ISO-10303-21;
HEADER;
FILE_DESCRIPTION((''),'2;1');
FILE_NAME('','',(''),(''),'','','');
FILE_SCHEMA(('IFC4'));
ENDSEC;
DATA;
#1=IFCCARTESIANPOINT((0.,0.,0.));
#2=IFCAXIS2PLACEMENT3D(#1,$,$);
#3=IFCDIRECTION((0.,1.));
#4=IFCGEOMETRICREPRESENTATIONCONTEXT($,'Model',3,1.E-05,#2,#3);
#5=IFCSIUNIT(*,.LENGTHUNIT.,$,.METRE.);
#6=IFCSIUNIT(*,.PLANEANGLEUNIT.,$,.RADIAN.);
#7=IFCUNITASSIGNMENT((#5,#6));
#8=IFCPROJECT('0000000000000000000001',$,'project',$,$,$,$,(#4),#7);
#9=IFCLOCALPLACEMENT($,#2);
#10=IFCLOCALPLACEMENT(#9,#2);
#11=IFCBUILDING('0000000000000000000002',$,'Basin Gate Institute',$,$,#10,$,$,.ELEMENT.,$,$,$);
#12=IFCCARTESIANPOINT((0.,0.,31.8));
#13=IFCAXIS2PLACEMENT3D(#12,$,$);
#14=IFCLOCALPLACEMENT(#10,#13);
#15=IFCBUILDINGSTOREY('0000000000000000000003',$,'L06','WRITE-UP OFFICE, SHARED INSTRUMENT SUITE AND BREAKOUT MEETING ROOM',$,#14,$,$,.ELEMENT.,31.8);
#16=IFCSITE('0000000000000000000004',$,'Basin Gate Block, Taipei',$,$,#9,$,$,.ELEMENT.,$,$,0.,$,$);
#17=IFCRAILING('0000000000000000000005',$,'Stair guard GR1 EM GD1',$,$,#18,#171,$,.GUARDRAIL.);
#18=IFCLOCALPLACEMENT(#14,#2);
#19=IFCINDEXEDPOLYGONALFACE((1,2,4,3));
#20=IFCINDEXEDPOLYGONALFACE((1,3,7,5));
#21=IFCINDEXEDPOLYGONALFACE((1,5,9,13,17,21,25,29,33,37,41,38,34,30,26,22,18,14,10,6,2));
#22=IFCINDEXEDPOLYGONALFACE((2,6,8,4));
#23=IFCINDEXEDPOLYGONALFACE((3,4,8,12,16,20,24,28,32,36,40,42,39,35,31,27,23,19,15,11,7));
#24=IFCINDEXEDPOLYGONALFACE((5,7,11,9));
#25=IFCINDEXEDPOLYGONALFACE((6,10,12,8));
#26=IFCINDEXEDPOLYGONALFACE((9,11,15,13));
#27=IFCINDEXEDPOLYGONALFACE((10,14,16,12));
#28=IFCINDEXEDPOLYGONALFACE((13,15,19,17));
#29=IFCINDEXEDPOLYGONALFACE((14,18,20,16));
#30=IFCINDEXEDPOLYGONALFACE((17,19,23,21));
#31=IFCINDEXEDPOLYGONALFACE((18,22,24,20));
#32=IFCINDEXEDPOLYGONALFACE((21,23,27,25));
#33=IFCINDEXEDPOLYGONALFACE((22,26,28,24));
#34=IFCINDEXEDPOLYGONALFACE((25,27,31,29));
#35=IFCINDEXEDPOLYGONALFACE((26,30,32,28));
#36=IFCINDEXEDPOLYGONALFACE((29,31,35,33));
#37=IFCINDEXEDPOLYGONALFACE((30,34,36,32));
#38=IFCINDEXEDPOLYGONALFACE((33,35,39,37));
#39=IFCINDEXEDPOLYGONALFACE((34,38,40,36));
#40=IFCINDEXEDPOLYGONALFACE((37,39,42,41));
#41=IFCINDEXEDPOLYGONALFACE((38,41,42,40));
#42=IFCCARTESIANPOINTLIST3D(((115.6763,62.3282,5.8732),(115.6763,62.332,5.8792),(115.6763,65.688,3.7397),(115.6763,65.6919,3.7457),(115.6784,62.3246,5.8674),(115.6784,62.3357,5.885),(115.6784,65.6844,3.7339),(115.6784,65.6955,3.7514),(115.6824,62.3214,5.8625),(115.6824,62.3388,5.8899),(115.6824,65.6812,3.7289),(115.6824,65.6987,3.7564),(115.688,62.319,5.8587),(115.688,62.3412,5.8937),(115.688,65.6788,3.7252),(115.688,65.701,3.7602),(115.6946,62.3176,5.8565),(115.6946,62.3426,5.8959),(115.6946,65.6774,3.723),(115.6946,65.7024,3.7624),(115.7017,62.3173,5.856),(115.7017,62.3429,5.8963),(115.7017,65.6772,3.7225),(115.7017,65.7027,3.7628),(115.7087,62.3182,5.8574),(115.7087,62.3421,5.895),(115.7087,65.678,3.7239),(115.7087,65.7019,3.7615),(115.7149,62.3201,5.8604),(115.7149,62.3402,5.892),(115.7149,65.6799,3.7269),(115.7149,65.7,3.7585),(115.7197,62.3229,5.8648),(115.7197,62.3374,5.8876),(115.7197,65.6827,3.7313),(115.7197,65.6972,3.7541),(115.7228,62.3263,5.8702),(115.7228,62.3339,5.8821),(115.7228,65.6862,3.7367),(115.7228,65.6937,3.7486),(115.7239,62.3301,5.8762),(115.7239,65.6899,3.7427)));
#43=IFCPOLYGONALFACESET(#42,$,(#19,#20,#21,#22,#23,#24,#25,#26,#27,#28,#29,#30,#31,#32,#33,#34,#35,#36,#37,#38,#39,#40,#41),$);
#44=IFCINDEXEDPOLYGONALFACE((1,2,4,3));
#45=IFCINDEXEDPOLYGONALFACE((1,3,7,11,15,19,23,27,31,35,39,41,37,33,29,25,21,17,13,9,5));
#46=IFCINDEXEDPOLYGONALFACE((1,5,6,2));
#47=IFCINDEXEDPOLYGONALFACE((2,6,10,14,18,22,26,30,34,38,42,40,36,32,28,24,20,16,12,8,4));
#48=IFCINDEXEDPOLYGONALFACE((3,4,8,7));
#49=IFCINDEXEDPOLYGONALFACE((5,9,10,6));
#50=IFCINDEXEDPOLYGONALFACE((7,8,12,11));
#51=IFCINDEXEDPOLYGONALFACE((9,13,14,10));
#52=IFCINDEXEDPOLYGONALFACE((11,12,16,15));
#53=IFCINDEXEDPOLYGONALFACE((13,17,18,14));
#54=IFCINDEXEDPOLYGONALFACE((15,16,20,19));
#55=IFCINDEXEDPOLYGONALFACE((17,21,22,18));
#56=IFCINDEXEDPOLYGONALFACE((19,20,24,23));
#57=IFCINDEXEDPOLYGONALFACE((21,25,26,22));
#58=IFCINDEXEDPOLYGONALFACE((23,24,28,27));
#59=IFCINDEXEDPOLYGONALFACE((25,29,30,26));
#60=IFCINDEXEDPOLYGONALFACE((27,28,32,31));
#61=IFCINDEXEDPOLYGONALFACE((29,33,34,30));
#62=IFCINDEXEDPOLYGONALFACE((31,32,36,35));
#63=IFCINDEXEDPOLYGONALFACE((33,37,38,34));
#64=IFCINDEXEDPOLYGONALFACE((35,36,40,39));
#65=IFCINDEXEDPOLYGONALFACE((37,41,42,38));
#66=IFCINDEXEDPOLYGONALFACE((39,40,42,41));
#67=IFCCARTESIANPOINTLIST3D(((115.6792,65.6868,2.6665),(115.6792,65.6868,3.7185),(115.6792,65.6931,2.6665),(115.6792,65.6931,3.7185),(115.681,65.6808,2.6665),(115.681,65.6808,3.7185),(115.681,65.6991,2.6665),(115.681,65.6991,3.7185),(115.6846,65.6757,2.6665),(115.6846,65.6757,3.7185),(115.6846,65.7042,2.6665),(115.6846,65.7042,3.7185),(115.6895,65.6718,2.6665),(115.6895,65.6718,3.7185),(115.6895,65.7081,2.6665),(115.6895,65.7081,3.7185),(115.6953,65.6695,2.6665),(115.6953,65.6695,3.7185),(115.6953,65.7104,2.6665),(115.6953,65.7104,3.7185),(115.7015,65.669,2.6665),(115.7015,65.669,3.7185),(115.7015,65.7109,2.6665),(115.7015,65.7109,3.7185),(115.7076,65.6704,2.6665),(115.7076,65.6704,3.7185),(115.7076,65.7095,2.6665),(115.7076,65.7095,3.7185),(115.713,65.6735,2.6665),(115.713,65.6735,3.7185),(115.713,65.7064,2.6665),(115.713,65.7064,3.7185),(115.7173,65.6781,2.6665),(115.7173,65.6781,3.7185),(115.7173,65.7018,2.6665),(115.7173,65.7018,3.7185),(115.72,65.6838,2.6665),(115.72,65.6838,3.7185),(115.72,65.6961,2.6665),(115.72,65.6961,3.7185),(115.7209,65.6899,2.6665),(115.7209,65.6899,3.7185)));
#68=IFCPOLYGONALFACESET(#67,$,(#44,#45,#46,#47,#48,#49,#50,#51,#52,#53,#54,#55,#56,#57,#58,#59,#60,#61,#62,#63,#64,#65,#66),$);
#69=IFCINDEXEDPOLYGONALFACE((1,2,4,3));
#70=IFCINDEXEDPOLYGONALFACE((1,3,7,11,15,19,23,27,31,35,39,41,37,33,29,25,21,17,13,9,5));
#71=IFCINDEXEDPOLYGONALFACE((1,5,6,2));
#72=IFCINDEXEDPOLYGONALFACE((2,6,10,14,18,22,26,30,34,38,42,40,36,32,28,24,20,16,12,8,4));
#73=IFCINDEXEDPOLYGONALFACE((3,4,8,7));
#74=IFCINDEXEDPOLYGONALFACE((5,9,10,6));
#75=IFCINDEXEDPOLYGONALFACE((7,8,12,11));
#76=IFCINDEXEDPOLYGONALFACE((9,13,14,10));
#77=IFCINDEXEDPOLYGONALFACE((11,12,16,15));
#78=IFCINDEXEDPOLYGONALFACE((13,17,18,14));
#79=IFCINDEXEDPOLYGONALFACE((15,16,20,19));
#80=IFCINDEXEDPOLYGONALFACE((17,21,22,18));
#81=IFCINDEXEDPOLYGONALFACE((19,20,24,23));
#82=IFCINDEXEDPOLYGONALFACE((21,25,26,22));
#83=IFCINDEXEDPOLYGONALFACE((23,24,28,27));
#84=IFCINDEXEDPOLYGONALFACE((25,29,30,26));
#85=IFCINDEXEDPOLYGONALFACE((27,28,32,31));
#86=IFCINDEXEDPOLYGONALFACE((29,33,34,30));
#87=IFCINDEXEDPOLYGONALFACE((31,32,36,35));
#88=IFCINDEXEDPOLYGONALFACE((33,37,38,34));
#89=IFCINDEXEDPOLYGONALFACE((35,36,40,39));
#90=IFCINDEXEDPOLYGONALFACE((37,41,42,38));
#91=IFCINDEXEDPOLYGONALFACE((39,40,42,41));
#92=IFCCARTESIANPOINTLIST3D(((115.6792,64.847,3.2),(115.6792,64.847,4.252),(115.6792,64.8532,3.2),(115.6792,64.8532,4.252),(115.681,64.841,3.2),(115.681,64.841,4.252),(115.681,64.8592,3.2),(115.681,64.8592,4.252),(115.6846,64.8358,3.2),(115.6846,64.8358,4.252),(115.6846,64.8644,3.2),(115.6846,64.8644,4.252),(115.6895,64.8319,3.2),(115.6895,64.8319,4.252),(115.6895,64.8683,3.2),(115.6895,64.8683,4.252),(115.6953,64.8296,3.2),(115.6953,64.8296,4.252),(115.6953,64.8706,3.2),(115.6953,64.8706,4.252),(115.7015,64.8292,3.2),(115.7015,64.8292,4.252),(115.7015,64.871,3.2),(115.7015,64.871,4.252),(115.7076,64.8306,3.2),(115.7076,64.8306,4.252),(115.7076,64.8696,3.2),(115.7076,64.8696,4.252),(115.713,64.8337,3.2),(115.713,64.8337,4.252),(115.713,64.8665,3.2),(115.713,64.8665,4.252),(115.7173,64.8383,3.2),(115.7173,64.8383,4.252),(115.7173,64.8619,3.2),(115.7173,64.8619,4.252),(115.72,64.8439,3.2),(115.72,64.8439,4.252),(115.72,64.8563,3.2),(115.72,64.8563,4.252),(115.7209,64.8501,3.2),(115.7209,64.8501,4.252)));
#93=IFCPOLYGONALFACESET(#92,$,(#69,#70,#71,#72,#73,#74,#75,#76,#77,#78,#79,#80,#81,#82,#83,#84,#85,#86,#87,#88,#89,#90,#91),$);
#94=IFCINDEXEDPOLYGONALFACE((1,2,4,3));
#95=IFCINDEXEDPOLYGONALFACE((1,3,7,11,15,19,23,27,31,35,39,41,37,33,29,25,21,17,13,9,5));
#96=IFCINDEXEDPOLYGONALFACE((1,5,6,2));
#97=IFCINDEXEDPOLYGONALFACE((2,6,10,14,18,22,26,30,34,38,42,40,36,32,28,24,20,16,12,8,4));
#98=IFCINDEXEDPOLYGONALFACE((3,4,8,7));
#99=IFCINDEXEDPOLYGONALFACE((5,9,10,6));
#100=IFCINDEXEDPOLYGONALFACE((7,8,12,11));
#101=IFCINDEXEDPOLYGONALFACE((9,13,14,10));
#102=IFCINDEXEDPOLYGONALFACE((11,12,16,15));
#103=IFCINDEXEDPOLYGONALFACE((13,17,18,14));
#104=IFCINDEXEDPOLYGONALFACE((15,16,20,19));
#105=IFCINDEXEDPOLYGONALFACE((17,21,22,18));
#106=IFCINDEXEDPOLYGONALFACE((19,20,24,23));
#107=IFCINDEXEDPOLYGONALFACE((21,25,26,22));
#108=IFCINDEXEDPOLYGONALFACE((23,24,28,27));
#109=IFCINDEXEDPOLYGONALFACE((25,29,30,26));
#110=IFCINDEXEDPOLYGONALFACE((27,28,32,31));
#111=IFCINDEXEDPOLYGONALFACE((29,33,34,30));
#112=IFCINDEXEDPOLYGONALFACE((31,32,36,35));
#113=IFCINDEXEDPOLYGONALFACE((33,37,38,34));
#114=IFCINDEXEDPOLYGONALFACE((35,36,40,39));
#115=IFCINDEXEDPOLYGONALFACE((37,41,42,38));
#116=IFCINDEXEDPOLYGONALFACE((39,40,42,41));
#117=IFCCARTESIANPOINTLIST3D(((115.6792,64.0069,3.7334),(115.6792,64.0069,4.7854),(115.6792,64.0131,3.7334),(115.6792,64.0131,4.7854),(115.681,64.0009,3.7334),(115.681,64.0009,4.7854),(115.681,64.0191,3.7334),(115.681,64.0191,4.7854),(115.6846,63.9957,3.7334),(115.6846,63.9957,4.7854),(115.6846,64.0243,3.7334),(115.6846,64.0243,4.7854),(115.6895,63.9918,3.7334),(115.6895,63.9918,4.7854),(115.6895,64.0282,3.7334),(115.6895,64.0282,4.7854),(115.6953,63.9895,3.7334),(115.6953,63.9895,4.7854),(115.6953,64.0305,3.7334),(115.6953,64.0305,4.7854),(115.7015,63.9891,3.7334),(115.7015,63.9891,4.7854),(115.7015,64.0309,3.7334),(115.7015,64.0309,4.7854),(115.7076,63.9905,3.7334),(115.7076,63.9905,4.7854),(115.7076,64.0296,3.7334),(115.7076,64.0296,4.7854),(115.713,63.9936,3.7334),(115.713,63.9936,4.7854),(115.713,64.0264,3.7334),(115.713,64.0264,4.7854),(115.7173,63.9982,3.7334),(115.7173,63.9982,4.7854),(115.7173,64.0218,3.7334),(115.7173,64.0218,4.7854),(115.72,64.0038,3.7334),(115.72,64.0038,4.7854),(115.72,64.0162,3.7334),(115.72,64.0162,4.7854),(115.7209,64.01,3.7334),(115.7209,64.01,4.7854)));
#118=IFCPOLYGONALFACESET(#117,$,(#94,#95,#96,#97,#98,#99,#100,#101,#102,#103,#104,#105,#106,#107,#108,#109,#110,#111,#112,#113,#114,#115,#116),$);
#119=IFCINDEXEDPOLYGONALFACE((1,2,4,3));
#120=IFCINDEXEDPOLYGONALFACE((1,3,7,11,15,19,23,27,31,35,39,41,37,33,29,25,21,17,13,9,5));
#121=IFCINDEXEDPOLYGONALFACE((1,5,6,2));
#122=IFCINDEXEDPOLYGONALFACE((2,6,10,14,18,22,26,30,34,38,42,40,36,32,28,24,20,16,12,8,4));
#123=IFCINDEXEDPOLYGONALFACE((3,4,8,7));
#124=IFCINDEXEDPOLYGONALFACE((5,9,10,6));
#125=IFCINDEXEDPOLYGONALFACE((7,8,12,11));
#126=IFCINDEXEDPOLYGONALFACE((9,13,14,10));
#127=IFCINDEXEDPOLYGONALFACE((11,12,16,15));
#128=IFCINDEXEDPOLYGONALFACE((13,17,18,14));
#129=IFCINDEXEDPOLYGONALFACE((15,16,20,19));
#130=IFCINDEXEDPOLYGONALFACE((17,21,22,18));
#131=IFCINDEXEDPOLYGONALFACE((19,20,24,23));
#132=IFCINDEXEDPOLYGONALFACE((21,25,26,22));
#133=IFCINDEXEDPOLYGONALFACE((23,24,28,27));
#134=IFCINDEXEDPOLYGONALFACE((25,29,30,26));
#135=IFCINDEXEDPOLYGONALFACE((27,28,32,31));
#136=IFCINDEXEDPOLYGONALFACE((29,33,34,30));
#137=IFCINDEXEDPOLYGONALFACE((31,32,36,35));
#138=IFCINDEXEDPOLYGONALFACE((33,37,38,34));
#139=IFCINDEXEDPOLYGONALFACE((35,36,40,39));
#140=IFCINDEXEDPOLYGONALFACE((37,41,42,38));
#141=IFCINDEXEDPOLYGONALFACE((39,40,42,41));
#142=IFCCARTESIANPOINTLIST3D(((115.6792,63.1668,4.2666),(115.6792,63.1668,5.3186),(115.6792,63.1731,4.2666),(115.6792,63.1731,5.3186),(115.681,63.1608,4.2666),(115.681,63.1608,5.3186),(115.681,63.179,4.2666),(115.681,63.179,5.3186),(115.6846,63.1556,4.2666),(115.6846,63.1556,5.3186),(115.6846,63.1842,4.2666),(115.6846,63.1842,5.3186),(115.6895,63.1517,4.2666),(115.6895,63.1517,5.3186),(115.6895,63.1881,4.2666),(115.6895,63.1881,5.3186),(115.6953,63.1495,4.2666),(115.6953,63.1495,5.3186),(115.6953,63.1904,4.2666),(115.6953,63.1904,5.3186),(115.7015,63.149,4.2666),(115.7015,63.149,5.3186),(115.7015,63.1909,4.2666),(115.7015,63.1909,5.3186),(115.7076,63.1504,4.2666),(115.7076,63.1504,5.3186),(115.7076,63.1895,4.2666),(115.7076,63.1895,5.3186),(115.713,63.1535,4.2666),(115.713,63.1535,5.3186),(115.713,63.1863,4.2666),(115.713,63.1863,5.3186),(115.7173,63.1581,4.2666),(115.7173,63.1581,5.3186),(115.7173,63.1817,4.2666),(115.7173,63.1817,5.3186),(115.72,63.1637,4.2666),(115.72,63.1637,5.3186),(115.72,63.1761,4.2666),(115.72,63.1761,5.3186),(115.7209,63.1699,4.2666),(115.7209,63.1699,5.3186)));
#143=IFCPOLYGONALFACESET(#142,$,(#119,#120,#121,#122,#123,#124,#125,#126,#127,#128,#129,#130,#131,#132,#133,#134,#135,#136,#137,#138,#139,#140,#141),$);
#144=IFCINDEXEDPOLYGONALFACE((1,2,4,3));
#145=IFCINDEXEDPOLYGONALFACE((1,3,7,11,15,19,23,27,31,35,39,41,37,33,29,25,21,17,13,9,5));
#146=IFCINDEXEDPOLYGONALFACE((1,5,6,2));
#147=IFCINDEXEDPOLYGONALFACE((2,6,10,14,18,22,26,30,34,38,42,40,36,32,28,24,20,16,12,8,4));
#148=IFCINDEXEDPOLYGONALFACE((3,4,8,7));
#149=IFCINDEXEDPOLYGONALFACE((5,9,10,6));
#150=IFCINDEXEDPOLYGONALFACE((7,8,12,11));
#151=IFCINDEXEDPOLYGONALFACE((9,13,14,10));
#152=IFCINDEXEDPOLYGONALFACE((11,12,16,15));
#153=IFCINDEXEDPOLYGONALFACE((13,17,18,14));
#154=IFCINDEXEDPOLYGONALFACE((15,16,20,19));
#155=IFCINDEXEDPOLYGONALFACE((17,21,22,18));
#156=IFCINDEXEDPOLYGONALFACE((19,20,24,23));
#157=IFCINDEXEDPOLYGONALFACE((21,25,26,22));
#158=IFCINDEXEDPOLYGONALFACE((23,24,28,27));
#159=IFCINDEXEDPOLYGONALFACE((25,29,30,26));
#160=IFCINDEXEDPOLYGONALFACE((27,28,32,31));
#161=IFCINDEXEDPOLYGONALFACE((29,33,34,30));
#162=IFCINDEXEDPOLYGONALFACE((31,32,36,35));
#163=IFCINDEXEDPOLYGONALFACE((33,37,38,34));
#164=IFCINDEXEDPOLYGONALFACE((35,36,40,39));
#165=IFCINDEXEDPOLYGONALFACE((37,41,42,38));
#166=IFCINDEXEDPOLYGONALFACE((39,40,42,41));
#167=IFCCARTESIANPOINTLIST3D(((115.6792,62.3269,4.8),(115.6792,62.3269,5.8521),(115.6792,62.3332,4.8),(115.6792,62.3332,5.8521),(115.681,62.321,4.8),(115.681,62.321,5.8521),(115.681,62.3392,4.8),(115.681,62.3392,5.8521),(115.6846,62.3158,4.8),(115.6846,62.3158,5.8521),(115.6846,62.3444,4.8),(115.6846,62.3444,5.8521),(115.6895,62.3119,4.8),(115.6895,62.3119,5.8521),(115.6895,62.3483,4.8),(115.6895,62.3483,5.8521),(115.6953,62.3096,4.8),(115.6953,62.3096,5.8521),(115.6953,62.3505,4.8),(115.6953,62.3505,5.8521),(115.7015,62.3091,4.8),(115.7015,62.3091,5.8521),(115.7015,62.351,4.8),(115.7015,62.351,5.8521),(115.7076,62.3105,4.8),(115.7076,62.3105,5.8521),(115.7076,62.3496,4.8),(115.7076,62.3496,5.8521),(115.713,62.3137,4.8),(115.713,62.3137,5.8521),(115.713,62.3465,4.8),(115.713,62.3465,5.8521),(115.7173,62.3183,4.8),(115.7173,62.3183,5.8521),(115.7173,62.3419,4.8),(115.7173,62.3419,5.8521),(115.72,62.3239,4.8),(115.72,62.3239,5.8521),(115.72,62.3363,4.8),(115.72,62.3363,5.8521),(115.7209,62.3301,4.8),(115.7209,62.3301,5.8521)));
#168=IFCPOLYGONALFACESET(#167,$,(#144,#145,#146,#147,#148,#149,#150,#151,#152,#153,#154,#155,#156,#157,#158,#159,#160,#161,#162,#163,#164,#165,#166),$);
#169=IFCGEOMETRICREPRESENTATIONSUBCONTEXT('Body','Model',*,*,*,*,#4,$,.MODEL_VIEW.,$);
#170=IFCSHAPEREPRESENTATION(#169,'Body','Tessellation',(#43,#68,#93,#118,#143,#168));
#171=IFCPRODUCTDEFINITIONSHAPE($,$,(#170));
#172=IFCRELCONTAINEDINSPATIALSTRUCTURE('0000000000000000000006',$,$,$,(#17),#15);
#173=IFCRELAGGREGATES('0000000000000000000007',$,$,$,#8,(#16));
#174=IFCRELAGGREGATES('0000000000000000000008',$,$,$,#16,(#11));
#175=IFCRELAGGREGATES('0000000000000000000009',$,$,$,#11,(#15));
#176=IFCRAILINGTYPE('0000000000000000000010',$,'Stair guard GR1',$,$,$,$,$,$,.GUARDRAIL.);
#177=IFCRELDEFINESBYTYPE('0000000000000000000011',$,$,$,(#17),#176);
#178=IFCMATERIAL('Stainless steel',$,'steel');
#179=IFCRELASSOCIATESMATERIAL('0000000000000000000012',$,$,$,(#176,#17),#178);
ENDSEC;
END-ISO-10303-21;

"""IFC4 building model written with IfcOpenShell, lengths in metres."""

from ifc_helpers import new_model, si_unit, direction, frame, origin, origin_2d, place, context, subcontext, project, spatial, circle, extrude, material, type_object, element, save


model = new_model("IFC4")

# Units and contexts
model_context = context("Model", 3, precision=1e-05, world=origin(), true_north=direction((0.0, 1.0)))
body_context = subcontext(model_context, "Body", "Model", "MODEL_VIEW")
ifc_project = project(units=[si_unit("LENGTHUNIT", "METRE"), si_unit("PLANEANGLEUNIT", "RADIAN")], contexts=[model_context])

# Site, building, storey
site_placement = place(None, origin())
site = spatial("IfcSite", under=ifc_project, at=site_placement, Name="Basin Gate Block, Taipei", CompositionType="ELEMENT", RefElevation=0.0)
building_placement = place(site_placement, origin())
building = spatial("IfcBuilding", under=site, at=building_placement, Name="Basin Gate Institute", CompositionType="ELEMENT")
storey_placement = place(building_placement, frame((0.0, 0.0, 31.8)))
storey = spatial("IfcBuildingStorey", under=building, at=storey_placement, Name="L06", Description="WRITE-UP OFFICE, SHARED INSTRUMENT SUITE AND BREAKOUT MEETING ROOM", CompositionType="ELEMENT", Elevation=31.8)

# Railing
ifc_material_1 = material(Name="Stainless steel", Category="steel")
railing_type_1 = type_object("IfcRailingType", Name="Stair guard GR1", PredefinedType="GUARDRAIL", material=ifc_material_1)
railing_1_placement = place(storey_placement, frame((115.7, 65.6899, 2.6665)))
element("IfcRailing", 1, at=railing_1_placement, inside=storey, type_object=railing_type_1, material=ifc_material_1, Name="Stair guard GR1 EM GD1", PredefinedType="GUARDRAIL", context=body_context, shape_type="SweptSolid", body=[
    extrude(circle(Radius=0.0239, at=origin_2d()), frame((0.0, 0.0, 1.0762), z_axis=(0.0, -0.844179, 0.536062), x_axis=(1.0, 0.0, 0.0)), (0.0, 0.0, 1.0), 3.98),
    extrude(circle(Radius=0.021, at=origin_2d()), origin(), (0.0, 0.0, 1.0), 1.052),
    extrude(circle(Radius=0.021, at=origin_2d()), frame((0.0, -0.8398, 0.5334)), (0.0, 0.0, 1.0), 1.052),
    extrude(circle(Radius=0.021, at=origin_2d()), frame((0.0, -1.6799, 1.0669)), (0.0, 0.0, 1.0), 1.052),
    extrude(circle(Radius=0.021, at=origin_2d()), frame((0.0, -2.52, 1.6001)), (0.0, 0.0, 1.0), 1.052),
    extrude(circle(Radius=0.021, at=origin_2d()), frame((0.0, -3.3599, 2.1335)), (0.0, 0.0, 1.0), 1.052),
])

save(model, "model.ifc")
